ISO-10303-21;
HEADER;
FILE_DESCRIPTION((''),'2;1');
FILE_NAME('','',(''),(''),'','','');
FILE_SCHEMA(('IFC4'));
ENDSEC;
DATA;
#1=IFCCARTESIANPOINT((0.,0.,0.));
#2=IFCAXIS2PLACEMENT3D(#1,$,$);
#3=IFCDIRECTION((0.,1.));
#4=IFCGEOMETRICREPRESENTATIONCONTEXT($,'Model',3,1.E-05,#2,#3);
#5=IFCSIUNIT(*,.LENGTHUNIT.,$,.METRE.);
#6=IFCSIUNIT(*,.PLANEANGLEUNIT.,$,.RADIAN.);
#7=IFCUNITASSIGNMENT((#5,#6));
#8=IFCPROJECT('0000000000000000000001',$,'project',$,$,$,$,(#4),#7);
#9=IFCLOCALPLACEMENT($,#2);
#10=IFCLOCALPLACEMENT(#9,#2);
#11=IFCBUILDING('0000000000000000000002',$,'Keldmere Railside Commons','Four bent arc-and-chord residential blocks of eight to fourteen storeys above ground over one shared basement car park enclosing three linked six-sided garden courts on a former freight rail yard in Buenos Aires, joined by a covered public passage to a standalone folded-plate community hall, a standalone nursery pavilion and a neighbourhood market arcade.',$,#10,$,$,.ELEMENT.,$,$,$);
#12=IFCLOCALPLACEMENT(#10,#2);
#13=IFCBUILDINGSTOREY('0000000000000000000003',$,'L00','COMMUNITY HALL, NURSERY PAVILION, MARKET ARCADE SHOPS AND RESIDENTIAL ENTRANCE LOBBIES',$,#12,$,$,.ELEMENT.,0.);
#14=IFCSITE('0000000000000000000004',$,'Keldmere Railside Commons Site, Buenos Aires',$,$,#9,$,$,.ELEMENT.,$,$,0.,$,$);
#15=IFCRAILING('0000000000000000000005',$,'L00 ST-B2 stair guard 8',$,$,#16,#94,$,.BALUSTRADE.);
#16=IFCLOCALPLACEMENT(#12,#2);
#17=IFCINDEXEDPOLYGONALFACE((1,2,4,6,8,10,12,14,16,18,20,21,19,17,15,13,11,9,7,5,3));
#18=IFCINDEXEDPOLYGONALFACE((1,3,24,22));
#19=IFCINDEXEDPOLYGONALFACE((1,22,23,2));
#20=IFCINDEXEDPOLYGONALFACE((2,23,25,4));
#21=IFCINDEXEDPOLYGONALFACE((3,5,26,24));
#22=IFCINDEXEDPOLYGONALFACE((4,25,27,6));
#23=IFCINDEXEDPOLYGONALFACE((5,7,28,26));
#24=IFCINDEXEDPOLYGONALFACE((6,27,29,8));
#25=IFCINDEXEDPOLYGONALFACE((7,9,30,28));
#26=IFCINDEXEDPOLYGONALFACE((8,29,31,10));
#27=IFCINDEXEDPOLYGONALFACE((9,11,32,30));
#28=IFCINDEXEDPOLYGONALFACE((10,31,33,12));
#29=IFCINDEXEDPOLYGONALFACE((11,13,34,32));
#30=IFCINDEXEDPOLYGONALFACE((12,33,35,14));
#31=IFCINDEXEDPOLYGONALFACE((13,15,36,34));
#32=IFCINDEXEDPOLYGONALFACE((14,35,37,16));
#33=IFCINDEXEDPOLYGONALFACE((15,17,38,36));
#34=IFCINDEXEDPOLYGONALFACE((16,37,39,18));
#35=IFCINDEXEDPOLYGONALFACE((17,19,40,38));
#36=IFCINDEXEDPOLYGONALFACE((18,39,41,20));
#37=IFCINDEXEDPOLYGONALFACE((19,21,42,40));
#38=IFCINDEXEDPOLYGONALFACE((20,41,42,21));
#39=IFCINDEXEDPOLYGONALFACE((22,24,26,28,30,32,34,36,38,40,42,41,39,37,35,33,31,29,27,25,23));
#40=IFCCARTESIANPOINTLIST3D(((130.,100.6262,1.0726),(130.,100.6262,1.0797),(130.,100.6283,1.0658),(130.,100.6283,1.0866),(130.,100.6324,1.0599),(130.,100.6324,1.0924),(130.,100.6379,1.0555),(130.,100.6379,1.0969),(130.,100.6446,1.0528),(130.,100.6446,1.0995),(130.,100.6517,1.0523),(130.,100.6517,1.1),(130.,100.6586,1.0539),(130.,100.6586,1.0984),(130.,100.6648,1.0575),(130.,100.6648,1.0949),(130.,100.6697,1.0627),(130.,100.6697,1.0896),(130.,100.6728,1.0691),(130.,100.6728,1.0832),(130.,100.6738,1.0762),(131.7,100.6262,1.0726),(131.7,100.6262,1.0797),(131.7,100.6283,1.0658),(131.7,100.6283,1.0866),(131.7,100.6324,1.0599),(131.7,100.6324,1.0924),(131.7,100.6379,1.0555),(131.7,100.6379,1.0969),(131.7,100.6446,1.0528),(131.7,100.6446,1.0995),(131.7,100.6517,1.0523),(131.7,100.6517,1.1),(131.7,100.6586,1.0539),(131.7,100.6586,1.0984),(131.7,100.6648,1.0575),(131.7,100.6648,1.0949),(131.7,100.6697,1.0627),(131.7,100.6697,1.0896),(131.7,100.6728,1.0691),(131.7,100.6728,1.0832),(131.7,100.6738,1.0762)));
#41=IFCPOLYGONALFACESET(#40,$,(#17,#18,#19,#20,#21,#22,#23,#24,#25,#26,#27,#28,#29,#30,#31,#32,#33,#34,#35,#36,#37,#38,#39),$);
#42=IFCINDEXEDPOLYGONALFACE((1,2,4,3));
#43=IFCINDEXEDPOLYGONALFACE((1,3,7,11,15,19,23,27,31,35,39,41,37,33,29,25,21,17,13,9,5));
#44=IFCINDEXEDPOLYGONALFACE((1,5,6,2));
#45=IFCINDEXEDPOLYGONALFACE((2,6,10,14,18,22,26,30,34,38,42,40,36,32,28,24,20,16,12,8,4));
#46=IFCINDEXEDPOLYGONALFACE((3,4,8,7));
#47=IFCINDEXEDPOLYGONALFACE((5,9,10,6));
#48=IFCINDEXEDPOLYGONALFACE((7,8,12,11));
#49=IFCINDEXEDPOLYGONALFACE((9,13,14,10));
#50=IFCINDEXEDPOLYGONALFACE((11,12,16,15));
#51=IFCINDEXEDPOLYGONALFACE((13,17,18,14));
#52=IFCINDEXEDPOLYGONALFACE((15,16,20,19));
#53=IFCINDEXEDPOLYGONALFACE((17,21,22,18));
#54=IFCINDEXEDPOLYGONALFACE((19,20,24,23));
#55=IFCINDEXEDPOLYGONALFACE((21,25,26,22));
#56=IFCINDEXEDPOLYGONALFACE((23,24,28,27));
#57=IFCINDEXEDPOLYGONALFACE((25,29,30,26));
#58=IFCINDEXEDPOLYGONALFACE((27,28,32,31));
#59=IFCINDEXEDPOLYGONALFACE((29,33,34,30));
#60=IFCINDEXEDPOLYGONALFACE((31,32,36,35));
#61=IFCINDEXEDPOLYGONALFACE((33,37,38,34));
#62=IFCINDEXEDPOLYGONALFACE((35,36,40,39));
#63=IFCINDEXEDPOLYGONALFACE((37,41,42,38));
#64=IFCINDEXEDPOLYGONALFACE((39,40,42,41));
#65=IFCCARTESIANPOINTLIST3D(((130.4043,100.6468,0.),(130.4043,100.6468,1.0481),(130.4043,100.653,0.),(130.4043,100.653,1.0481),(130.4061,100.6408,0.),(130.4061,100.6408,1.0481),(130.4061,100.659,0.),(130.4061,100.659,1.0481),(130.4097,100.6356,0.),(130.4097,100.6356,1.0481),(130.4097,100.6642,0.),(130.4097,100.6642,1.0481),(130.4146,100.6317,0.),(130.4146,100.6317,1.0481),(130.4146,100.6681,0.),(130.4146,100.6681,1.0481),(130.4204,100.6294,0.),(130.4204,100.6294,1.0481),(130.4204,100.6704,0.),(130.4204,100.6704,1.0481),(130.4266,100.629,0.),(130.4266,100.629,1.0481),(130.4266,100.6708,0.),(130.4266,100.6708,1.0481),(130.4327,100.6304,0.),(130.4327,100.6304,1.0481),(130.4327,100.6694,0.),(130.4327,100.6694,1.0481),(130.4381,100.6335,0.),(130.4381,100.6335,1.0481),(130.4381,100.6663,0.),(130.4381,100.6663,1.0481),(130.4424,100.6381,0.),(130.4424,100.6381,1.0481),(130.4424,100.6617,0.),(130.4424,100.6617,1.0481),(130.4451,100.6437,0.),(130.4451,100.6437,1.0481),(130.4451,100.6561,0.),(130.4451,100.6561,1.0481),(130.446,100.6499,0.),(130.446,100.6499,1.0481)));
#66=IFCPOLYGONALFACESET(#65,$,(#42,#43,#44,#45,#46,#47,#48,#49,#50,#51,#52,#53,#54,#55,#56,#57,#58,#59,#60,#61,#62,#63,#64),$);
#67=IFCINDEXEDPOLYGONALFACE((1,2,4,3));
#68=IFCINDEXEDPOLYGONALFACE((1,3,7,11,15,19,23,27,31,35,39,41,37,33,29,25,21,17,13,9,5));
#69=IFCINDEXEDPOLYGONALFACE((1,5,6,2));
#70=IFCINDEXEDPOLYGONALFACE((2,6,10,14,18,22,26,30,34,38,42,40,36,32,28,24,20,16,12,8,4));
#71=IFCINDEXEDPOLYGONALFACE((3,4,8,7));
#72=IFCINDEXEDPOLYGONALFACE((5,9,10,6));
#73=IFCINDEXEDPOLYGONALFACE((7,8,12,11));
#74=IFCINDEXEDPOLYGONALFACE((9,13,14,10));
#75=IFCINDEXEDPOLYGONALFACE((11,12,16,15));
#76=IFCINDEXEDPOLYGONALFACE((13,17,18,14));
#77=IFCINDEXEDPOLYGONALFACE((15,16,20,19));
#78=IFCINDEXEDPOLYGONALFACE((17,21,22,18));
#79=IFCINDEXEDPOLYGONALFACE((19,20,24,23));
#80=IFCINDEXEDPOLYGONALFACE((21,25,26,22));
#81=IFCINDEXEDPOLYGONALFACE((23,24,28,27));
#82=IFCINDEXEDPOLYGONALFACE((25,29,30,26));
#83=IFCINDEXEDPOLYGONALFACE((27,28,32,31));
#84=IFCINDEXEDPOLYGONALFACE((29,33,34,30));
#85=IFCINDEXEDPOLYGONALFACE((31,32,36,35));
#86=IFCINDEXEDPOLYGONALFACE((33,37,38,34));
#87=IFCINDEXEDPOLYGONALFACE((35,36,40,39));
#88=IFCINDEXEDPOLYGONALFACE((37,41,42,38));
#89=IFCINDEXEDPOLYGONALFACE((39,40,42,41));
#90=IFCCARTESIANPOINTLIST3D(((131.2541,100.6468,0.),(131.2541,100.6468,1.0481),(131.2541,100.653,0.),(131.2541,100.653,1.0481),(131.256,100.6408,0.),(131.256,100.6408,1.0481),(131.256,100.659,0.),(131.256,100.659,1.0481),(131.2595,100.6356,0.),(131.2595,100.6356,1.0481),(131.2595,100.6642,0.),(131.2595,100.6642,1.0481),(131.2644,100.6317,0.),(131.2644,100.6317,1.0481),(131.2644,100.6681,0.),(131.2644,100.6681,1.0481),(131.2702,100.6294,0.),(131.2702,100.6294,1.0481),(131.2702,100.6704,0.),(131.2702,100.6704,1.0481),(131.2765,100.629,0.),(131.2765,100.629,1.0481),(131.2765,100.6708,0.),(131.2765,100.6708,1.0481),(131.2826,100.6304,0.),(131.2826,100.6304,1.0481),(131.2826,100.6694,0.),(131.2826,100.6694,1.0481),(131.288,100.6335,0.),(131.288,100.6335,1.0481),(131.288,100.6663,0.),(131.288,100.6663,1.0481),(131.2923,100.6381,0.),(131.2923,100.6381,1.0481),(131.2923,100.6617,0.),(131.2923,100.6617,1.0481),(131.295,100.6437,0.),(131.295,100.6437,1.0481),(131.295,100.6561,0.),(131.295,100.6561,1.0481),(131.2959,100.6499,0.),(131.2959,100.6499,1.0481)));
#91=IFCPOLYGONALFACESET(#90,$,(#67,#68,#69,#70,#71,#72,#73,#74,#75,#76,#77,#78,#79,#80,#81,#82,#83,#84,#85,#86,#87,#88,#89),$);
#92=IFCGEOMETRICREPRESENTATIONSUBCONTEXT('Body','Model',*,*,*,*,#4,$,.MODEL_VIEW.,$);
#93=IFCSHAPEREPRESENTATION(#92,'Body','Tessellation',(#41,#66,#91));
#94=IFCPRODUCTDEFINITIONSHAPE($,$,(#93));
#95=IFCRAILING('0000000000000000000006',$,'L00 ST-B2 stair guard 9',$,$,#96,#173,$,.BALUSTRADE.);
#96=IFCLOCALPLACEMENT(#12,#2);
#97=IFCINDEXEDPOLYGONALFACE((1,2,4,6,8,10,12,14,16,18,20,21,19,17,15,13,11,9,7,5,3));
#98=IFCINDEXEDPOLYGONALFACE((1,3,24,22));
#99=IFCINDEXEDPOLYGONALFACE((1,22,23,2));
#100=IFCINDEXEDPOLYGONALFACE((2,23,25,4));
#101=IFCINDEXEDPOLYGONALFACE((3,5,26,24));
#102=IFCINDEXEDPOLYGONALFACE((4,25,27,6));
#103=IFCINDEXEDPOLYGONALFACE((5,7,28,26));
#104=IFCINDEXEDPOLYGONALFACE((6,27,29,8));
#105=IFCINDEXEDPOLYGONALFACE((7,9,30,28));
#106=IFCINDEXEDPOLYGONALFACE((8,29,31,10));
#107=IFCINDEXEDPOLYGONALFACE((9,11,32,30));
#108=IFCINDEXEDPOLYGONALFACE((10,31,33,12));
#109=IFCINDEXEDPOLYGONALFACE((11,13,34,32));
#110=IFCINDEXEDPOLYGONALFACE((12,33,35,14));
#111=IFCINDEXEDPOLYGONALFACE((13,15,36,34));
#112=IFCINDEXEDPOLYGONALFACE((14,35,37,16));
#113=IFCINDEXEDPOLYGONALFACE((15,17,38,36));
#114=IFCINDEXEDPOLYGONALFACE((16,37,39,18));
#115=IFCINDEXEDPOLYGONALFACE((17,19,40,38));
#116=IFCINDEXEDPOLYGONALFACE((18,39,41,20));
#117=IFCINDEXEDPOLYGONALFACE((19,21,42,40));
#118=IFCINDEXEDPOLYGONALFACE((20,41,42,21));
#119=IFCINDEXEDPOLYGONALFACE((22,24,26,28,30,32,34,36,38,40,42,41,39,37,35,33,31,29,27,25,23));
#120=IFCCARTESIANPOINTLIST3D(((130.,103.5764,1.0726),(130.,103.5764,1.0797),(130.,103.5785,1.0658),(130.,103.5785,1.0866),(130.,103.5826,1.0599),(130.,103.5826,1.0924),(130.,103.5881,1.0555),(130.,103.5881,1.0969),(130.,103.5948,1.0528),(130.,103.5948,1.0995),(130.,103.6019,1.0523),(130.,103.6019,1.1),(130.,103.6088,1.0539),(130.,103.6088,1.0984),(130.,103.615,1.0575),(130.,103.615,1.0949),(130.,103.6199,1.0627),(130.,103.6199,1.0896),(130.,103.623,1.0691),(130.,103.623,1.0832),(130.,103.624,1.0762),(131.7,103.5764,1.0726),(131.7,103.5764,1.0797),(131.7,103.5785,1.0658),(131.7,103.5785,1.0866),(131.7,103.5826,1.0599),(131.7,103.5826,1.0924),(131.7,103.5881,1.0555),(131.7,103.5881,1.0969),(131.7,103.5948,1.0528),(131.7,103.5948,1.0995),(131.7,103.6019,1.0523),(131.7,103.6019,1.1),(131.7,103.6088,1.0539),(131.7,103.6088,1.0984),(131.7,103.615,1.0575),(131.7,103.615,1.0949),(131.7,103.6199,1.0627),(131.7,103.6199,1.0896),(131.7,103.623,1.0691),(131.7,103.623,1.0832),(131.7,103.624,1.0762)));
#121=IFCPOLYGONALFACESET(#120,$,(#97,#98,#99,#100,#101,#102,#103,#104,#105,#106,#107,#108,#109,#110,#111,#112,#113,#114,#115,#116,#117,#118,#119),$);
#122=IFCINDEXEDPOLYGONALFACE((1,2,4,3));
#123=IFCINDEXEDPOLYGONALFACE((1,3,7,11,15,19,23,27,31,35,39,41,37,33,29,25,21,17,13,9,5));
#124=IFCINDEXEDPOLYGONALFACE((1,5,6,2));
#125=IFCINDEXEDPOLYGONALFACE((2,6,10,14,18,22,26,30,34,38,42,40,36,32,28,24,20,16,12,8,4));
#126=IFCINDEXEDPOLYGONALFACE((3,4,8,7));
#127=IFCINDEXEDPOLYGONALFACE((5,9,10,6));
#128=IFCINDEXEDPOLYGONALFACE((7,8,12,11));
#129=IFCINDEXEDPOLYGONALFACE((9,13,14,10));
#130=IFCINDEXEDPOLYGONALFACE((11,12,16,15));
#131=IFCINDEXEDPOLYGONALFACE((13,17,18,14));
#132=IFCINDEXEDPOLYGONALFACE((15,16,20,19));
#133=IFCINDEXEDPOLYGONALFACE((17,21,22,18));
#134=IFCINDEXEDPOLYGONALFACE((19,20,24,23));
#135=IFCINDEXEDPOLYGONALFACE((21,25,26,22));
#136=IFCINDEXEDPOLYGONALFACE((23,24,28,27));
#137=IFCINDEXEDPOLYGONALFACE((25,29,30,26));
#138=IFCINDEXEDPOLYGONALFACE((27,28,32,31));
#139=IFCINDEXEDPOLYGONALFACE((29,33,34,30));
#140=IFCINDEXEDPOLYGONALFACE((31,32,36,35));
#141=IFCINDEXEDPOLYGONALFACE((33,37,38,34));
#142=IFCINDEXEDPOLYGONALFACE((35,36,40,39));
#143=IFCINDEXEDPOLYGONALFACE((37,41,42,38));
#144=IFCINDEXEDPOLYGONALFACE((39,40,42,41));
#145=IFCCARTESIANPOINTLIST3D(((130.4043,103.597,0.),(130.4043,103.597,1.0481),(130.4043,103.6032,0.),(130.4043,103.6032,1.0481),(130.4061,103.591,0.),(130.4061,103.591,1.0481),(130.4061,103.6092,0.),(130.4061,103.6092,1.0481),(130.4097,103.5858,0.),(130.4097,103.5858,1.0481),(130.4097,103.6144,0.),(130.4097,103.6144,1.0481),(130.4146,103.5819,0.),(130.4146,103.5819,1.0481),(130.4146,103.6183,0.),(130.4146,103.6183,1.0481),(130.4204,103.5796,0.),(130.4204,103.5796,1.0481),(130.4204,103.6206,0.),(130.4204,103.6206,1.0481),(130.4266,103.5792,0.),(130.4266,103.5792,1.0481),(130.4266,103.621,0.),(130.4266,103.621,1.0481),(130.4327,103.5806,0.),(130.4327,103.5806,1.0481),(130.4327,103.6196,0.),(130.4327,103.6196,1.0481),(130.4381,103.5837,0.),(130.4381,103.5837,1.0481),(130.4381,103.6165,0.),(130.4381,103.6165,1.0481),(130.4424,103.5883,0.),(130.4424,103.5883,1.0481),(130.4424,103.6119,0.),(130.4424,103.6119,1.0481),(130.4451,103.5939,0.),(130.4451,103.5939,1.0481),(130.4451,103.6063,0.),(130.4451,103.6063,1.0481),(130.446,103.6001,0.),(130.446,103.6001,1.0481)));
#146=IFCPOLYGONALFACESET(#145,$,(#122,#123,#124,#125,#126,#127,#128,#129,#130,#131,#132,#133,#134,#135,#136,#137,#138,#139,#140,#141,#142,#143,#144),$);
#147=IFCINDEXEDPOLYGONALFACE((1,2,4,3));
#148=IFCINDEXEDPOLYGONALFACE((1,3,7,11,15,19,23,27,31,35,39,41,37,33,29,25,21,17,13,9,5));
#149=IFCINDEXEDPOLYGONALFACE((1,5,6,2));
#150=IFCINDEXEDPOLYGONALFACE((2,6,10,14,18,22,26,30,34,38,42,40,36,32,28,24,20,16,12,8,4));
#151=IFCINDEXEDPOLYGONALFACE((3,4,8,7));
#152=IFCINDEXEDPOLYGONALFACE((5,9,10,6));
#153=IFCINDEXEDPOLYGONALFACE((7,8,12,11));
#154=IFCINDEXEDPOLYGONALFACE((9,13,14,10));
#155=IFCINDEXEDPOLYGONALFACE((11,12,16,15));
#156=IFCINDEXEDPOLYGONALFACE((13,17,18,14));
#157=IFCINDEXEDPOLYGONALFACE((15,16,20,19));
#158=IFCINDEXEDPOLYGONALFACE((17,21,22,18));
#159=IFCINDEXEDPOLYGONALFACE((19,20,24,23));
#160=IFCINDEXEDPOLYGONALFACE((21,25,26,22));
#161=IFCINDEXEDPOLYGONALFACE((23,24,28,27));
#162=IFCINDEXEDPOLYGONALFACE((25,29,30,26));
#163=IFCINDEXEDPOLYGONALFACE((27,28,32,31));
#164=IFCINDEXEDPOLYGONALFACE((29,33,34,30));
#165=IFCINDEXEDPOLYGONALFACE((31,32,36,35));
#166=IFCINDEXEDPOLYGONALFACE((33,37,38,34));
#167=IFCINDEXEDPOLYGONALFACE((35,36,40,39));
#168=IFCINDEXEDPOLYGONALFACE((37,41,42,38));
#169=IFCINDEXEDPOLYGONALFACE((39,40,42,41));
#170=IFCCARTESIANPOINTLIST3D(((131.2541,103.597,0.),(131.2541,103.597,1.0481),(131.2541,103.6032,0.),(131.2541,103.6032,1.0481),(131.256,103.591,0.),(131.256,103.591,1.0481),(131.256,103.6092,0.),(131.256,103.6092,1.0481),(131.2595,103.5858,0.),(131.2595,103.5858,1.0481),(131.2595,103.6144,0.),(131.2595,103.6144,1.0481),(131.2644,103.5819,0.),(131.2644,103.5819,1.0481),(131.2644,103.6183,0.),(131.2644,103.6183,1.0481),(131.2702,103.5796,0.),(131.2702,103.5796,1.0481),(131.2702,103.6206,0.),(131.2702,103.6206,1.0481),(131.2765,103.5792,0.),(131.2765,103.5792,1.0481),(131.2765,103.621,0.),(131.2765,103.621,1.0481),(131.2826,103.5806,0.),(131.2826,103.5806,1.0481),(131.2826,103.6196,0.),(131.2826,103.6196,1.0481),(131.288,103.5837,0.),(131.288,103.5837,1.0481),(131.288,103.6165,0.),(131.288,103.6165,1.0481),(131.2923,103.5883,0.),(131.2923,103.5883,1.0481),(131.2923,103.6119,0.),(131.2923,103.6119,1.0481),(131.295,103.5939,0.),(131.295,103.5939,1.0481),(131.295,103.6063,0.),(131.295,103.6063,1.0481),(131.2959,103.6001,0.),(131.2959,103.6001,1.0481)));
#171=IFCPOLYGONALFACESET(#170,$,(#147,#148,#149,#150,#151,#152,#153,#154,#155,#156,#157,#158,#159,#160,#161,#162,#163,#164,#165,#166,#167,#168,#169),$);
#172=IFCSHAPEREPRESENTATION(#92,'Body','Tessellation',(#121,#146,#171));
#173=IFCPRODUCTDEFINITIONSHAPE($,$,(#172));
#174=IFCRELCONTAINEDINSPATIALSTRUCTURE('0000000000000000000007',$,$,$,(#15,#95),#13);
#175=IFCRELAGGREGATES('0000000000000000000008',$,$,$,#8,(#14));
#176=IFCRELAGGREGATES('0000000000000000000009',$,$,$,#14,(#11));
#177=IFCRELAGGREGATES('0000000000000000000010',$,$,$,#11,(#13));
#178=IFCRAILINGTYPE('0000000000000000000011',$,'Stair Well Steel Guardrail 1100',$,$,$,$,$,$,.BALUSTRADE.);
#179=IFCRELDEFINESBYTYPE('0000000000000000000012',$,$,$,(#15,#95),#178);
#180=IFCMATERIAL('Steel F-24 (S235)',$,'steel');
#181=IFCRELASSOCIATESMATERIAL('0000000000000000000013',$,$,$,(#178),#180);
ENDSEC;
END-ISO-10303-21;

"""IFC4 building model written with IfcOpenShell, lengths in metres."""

from ifc_helpers import new_model, si_unit, direction, frame, origin, origin_2d, place, context, subcontext, project, spatial, circle, extrude, material, type_object, element, save


model = new_model("IFC4")

# Units and contexts
model_context = context("Model", 3, precision=1e-05, world=origin(), true_north=direction((0.0, 1.0)))
body_context = subcontext(model_context, "Body", "Model", "MODEL_VIEW")
ifc_project = project(units=[si_unit("LENGTHUNIT", "METRE"), si_unit("PLANEANGLEUNIT", "RADIAN")], contexts=[model_context])

# Site, building, storey
site_placement = place(None, origin())
site = spatial("IfcSite", under=ifc_project, at=site_placement, Name="Keldmere Railside Commons Site, Buenos Aires", CompositionType="ELEMENT", RefElevation=0.0)
building_placement = place(site_placement, origin())
building = spatial("IfcBuilding", under=site, at=building_placement, Name="Keldmere Railside Commons", Description="Four bent arc-and-chord residential blocks of eight to fourteen storeys above ground over one shared basement car park enclosing three linked six-sided garden courts on a former freight rail yard in Buenos Aires, joined by a covered public passage to a standalone folded-plate community hall, a standalone nursery pavilion and a neighbourhood market arcade.", CompositionType="ELEMENT")
storey_placement = place(building_placement, origin())
storey = spatial("IfcBuildingStorey", under=building, at=storey_placement, Name="L00", Description="COMMUNITY HALL, NURSERY PAVILION, MARKET ARCADE SHOPS AND RESIDENTIAL ENTRANCE LOBBIES", CompositionType="ELEMENT", Elevation=0.0)

# Railings
ifc_material_1 = material(Name="Steel F-24 (S235)", Category="steel")
railing_type_1 = type_object("IfcRailingType", Name="Stair Well Steel Guardrail 1100", PredefinedType="BALUSTRADE", material=ifc_material_1)
for number, where, name in (
    (1, (130.0, 100.6499, 0.0), "L00 ST-B2 stair guard 8"),
    (2, (130.0, 103.6001, 0.0), "L00 ST-B2 stair guard 9"),
):
    element("IfcRailing", number, at=place(storey_placement, frame(where)), inside=storey, type_object=railing_type_1, Name=name, PredefinedType="BALUSTRADE", context=body_context, shape_type="SweptSolid", body=[
        extrude(circle(Radius=0.0239, at=origin_2d()), frame((0.0, 0.0, 1.0762), z_axis=(1.0, 0.0, 0.0), x_axis=(0.0, 1.0, 0.0)), (0.0, 0.0, 1.0), 1.7),
        extrude(circle(Radius=0.021, at=origin_2d()), frame((0.425, 0.0, 0.0)), (0.0, 0.0, 1.0), 1.0481),
        extrude(circle(Radius=0.021, at=origin_2d()), frame((1.2749, 0.0, 0.0)), (0.0, 0.0, 1.0), 1.0481),
    ])

save(model, "model.ifc")
